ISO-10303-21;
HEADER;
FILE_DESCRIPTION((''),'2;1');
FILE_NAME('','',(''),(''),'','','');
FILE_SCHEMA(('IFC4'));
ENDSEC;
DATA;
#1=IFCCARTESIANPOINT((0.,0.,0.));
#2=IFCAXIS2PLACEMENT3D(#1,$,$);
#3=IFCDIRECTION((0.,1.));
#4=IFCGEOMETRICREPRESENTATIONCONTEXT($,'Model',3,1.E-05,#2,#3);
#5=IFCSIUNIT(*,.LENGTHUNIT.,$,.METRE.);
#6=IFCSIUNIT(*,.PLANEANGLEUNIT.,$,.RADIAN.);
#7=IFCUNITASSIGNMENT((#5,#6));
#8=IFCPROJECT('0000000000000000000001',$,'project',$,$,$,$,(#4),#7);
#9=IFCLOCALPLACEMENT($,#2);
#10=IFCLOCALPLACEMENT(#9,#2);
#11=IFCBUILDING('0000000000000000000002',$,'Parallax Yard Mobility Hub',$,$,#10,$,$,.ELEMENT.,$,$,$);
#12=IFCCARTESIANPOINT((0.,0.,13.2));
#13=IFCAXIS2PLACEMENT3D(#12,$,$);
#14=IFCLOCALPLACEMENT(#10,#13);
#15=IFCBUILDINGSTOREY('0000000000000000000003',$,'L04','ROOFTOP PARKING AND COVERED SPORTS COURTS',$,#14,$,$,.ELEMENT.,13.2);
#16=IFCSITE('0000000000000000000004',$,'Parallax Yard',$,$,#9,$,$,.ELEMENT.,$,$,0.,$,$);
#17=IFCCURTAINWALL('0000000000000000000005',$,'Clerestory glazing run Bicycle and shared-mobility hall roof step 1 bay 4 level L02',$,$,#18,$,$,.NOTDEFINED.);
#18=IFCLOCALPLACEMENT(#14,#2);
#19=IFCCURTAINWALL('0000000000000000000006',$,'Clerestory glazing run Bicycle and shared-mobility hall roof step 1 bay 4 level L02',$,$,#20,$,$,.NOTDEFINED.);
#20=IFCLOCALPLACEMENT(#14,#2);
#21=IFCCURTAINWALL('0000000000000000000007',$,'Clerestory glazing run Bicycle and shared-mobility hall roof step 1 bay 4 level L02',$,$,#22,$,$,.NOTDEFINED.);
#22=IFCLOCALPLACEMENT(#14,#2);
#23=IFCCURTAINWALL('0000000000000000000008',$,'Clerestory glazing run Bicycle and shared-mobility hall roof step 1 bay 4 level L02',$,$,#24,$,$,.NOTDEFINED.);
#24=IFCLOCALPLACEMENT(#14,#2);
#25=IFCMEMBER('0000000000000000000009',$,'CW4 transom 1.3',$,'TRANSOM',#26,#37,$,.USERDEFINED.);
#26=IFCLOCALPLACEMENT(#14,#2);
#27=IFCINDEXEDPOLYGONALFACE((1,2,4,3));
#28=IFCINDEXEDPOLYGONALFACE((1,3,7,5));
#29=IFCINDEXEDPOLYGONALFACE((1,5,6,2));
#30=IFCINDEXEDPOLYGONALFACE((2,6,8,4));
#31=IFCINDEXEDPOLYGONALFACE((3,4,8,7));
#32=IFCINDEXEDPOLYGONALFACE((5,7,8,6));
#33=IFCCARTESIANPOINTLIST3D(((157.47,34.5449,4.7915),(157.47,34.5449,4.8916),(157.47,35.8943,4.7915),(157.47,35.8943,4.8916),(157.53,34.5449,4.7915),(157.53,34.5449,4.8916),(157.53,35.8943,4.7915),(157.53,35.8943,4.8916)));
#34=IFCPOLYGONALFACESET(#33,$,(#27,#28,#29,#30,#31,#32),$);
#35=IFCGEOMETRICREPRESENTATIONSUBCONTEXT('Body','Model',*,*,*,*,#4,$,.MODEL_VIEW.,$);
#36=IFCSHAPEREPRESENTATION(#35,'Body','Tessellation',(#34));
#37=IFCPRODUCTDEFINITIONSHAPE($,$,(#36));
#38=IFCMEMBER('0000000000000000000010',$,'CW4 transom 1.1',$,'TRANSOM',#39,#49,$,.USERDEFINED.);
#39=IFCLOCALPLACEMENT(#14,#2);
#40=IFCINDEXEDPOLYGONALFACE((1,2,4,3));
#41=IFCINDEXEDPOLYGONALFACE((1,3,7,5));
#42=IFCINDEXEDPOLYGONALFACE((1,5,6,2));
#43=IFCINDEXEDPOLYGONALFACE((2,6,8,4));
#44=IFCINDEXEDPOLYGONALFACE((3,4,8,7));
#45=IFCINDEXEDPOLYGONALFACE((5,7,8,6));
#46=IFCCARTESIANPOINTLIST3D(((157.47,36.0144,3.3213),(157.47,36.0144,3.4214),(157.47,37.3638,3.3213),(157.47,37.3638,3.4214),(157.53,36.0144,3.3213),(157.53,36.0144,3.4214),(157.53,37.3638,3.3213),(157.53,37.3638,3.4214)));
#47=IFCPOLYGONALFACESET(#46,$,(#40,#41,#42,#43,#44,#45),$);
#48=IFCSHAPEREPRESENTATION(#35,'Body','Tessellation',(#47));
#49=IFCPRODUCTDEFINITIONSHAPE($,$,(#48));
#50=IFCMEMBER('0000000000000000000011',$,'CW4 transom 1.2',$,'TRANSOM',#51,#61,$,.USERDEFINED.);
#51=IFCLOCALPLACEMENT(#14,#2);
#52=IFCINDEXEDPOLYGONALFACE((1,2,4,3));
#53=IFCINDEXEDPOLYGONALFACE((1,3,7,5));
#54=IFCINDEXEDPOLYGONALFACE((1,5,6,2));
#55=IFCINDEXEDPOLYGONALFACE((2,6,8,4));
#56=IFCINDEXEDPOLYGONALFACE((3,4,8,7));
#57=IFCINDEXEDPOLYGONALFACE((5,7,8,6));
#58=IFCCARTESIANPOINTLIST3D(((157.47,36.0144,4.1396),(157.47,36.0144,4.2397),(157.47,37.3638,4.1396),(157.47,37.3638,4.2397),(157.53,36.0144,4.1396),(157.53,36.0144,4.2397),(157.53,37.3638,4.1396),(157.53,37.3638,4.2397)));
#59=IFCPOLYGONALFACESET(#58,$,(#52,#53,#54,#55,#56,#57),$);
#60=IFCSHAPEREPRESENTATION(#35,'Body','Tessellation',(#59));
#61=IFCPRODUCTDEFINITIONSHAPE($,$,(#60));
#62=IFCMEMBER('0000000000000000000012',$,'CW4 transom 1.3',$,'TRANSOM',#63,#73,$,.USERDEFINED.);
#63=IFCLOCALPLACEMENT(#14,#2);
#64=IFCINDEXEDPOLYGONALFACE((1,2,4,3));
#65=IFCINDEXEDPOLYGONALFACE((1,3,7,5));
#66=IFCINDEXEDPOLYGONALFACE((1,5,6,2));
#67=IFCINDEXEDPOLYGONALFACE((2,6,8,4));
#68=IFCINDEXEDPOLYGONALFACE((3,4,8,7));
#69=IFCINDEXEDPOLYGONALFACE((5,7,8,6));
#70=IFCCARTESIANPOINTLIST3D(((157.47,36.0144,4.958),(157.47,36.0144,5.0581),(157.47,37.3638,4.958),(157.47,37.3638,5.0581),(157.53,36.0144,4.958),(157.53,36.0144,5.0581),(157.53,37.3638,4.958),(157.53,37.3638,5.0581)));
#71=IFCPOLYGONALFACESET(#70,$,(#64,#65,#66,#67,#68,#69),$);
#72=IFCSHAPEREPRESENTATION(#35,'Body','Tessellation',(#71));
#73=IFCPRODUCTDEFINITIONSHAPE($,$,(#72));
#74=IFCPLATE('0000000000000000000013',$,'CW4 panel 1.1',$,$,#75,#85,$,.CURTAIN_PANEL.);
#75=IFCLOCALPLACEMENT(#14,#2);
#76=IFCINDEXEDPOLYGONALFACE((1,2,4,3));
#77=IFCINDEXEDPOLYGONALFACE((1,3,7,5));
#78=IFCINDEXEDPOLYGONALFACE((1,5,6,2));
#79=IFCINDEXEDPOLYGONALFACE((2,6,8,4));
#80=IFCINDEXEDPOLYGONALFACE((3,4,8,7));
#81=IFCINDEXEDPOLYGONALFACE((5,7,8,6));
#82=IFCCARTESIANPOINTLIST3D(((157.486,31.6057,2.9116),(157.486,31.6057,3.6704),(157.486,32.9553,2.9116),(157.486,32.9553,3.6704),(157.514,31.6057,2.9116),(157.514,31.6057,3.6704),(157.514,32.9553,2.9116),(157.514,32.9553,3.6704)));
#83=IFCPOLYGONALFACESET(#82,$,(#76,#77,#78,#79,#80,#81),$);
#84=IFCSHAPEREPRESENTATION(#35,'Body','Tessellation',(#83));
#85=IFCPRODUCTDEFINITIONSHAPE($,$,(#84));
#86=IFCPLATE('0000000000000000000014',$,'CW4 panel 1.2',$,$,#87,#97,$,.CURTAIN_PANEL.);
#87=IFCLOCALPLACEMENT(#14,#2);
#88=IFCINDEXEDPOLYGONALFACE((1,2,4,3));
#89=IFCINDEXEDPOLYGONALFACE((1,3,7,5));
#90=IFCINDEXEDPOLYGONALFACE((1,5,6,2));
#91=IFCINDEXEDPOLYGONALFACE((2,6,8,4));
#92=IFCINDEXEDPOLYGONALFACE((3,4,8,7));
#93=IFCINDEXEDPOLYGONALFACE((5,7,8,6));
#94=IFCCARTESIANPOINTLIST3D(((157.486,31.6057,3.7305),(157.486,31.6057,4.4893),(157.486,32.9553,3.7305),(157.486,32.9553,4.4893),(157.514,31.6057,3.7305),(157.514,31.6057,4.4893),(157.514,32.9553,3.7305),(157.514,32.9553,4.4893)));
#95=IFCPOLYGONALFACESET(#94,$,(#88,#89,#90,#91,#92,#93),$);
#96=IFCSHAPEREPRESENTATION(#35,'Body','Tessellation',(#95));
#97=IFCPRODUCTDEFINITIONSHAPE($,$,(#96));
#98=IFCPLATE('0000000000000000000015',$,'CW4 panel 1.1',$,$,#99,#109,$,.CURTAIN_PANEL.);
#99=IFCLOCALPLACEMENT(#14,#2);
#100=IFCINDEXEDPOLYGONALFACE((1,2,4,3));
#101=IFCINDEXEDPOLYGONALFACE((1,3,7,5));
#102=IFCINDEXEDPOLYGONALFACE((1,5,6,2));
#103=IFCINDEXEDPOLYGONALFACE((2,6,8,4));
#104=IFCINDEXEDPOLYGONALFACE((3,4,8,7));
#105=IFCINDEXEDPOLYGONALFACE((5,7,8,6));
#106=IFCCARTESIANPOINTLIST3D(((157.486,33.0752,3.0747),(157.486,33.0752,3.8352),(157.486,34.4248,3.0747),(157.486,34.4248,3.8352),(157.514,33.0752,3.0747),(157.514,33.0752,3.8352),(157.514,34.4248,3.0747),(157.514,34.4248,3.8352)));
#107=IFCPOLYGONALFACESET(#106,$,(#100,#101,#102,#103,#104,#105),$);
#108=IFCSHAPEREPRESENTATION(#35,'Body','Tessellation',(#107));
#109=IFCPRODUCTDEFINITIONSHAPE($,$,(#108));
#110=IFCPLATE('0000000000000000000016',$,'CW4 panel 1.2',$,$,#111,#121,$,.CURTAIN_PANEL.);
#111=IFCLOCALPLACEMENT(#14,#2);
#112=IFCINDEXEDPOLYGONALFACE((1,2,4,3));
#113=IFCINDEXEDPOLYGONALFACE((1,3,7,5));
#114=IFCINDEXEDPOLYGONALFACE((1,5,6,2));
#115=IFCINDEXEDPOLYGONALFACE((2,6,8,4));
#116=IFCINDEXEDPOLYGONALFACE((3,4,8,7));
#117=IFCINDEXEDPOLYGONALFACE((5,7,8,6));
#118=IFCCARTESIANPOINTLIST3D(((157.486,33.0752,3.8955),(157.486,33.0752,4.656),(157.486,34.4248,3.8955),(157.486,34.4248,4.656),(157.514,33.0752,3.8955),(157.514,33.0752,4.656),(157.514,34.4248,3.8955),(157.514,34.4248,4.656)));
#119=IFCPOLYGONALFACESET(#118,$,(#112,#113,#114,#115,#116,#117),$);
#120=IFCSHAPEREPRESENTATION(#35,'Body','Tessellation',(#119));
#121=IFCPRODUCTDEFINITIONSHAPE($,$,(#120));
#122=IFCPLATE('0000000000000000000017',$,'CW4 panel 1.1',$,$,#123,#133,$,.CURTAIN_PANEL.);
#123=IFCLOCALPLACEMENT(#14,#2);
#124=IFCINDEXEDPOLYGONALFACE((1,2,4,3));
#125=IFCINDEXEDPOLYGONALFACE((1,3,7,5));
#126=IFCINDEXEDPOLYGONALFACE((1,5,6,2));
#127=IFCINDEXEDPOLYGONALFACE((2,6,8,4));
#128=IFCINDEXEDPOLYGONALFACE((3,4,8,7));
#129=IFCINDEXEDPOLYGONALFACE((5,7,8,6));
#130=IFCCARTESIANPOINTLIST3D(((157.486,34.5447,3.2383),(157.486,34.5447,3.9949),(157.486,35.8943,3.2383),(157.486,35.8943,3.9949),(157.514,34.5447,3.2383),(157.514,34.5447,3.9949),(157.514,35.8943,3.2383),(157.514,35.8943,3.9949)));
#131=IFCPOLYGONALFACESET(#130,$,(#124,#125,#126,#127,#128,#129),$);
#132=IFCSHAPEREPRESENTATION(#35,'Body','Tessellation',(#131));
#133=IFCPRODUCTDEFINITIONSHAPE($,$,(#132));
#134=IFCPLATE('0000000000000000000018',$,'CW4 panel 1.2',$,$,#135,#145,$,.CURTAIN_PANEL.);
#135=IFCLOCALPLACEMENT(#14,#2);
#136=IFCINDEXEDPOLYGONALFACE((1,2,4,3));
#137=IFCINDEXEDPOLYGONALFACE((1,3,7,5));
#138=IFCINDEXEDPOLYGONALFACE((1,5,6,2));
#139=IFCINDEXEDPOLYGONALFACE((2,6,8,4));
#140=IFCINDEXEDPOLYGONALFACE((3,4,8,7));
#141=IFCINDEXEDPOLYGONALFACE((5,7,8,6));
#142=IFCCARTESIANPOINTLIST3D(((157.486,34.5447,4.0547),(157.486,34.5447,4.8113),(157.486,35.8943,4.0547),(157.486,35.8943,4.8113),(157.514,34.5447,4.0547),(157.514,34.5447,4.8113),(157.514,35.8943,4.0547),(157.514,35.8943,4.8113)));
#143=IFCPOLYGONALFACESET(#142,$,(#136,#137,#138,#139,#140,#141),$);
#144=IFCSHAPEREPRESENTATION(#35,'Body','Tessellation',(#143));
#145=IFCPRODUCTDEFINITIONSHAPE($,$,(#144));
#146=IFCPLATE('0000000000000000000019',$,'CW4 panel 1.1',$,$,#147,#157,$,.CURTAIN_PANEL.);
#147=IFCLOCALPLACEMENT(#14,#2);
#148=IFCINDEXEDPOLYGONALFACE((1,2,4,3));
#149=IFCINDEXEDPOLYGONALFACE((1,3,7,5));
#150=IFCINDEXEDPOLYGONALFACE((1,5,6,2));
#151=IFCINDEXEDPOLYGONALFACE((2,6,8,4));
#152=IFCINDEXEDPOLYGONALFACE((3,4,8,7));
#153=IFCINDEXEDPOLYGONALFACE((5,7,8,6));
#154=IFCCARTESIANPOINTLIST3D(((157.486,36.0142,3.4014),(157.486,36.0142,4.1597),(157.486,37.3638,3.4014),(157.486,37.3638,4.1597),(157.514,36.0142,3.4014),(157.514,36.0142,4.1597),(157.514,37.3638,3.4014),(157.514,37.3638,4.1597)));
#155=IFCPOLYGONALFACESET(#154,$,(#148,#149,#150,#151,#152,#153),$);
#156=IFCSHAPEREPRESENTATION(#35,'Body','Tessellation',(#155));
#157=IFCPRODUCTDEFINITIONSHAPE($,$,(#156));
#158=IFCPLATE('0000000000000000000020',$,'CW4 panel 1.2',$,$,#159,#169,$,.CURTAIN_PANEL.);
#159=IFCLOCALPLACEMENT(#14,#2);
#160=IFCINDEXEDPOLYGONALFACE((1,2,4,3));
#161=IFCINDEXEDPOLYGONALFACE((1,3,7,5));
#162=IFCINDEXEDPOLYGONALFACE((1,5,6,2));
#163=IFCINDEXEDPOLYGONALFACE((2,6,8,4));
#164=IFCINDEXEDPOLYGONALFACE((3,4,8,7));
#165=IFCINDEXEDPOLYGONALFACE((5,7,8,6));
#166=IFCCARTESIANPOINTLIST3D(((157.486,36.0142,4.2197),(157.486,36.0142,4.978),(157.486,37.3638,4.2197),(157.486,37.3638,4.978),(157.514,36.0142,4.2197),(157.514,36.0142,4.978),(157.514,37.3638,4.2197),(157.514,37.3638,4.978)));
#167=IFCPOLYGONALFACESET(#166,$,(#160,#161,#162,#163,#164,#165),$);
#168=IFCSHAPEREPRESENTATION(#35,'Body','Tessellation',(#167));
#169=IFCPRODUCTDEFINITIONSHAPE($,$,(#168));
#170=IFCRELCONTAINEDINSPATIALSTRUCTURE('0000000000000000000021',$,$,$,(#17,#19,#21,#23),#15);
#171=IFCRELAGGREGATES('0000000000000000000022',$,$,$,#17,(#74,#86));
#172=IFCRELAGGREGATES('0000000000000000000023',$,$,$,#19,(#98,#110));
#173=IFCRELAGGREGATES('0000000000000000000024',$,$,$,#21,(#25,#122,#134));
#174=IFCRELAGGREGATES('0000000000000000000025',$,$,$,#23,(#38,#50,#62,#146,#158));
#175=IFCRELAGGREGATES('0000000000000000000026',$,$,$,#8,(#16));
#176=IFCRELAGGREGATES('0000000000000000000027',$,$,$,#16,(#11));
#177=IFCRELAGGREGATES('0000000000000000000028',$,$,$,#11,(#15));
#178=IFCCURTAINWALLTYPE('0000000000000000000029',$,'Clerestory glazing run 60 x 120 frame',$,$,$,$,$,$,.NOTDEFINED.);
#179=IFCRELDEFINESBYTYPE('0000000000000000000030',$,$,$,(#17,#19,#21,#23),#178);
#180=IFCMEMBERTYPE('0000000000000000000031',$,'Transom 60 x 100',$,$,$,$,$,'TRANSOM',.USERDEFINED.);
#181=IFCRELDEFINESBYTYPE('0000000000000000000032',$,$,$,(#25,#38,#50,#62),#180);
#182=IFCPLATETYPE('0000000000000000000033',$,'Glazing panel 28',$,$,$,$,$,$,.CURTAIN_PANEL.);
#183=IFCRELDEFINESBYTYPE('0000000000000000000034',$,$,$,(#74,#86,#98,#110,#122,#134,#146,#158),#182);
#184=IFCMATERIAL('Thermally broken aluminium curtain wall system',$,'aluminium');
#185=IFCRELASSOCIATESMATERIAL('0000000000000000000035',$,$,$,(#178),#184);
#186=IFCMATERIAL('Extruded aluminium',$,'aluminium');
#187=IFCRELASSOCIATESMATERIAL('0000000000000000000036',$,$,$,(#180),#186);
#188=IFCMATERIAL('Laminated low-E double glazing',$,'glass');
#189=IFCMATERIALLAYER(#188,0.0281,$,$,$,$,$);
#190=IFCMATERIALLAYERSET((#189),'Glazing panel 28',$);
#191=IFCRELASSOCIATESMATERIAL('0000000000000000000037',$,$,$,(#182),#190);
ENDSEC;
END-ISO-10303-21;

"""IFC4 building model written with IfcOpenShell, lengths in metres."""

from ifc_helpers import new_model, si_unit, direction, frame, origin, origin_2d, place, context, subcontext, project, spatial, rectangle, extrude, material, layer, layer_set, material_profile, profile_set, type_object, element, aggregate, save


model = new_model("IFC4")

# Units and contexts
model_context = context("Model", 3, precision=1e-05, world=origin(), true_north=direction((0.0, 1.0)))
body_context = subcontext(model_context, "Body", "Model", "MODEL_VIEW")
ifc_project = project(units=[si_unit("LENGTHUNIT", "METRE"), si_unit("PLANEANGLEUNIT", "RADIAN")], contexts=[model_context])

# Site, building, storey
site_placement = place(None, origin())
site = spatial("IfcSite", under=ifc_project, at=site_placement, Name="Parallax Yard", CompositionType="ELEMENT", RefElevation=0.0)
building_placement = place(site_placement, origin())
building = spatial("IfcBuilding", under=site, at=building_placement, Name="Parallax Yard Mobility Hub", CompositionType="ELEMENT")
storey_placement = place(building_placement, frame((0.0, 0.0, 13.2)))
storey = spatial("IfcBuildingStorey", under=building, at=storey_placement, Name="L04", Description="ROOFTOP PARKING AND COVERED SPORTS COURTS", CompositionType="ELEMENT", Elevation=13.2)

# Curtain walls
ifc_material_1 = material(Name="Thermally broken aluminium curtain wall system", Category="aluminium")
curtain_wall_type = type_object("IfcCurtainWallType", Name="Clerestory glazing run 60 x 120 frame", PredefinedType="NOTDEFINED", material=ifc_material_1)
curtain_wall_1_placement = place(storey_placement, origin())
curtain_wall_1 = element("IfcCurtainWall", 1, at=curtain_wall_1_placement, inside=storey, type_object=curtain_wall_type, Name="Clerestory glazing run Bicycle and shared-mobility hall roof step 1 bay 4 level L02", PredefinedType="NOTDEFINED")
ifc_material_2 = material(Name="Extruded aluminium", Category="aluminium")
curtain_wall_2_placement = place(storey_placement, origin())
curtain_wall_2 = element("IfcCurtainWall", 2, at=curtain_wall_2_placement, inside=storey, type_object=curtain_wall_type, Name="Clerestory glazing run Bicycle and shared-mobility hall roof step 1 bay 4 level L02", PredefinedType="NOTDEFINED")
curtain_wall_3_placement = place(storey_placement, origin())
curtain_wall_3 = element("IfcCurtainWall", 3, at=curtain_wall_3_placement, inside=storey, type_object=curtain_wall_type, Name="Clerestory glazing run Bicycle and shared-mobility hall roof step 1 bay 4 level L02", PredefinedType="NOTDEFINED")

# Curtain wall
curtain_wall_4_placement = place(storey_placement, origin())
curtain_wall_4 = element("IfcCurtainWall", 4, at=curtain_wall_4_placement, inside=storey, type_object=curtain_wall_type, Name="Clerestory glazing run Bicycle and shared-mobility hall roof step 1 bay 4 level L02", PredefinedType="NOTDEFINED")

# Members
ifc_material_profile_1 = material_profile(ifc_material_2, rectangle(XDim=0.0601, YDim=0.1001, at=origin_2d()), Name="Transom 60 x 100")
ifc_profile_set_1 = profile_set([ifc_material_profile_1], Name="Extruded aluminium")
member_type_1 = type_object("IfcMemberType", Name="Transom 60 x 100", ElementType="TRANSOM", PredefinedType="USERDEFINED", material=ifc_profile_set_1)
member_1_placement = place(storey_placement, frame((157.5, 34.5449, 4.8416), z_axis=(0.0, 1.0, 0.0), x_axis=(-1.0, 0.0, 0.0)))
member_1 = element("IfcMember", 5, at=member_1_placement, type_object=member_type_1, Name="CW4 transom 1.3", ObjectType="TRANSOM", PredefinedType="USERDEFINED", context=body_context, shape_type="SweptSolid", body=[
    extrude(rectangle(XDim=0.0601, YDim=0.1001, at=origin_2d()), origin(), (0.0, 0.0, 1.0), 1.3494),
])
member_2_placement = place(storey_placement, frame((157.5, 36.0144, 3.3713), z_axis=(0.0, 1.0, 0.0), x_axis=(-1.0, 0.0, 0.0)))
member_2 = element("IfcMember", 6, at=member_2_placement, type_object=member_type_1, Name="CW4 transom 1.1", ObjectType="TRANSOM", PredefinedType="USERDEFINED", context=body_context, shape_type="SweptSolid", body=[
    extrude(rectangle(XDim=0.0601, YDim=0.1001, at=origin_2d()), origin(), (0.0, 0.0, 1.0), 1.3494),
])
member_3_placement = place(storey_placement, frame((157.5, 36.0144, 4.1897), z_axis=(0.0, 1.0, 0.0), x_axis=(-1.0, 0.0, 0.0)))
member_3 = element("IfcMember", 7, at=member_3_placement, type_object=member_type_1, Name="CW4 transom 1.2", ObjectType="TRANSOM", PredefinedType="USERDEFINED", context=body_context, shape_type="SweptSolid", body=[
    extrude(rectangle(XDim=0.0601, YDim=0.1001, at=origin_2d()), origin(), (0.0, 0.0, 1.0), 1.3494),
])
member_4_placement = place(storey_placement, frame((157.5, 36.0144, 5.0081), z_axis=(0.0, 1.0, 0.0), x_axis=(-1.0, 0.0, 0.0)))
member_4 = element("IfcMember", 8, at=member_4_placement, type_object=member_type_1, Name="CW4 transom 1.3", ObjectType="TRANSOM", PredefinedType="USERDEFINED", context=body_context, shape_type="SweptSolid", body=[
    extrude(rectangle(XDim=0.0601, YDim=0.1001, at=origin_2d()), origin(), (0.0, 0.0, 1.0), 1.3494),
])

# Plates
ifc_material_3 = material(Name="Laminated low-E double glazing", Category="glass")
ifc_layer = layer(ifc_material_3, 0.0281)
ifc_layer_set = layer_set([ifc_layer], Name="Glazing panel 28")
plate_type = type_object("IfcPlateType", Name="Glazing panel 28", PredefinedType="CURTAIN_PANEL", material=ifc_layer_set)
plate_1_placement = place(storey_placement, frame((157.5, 32.2805, 2.9116), z_axis=(0.0, 0.0, 1.0), x_axis=(0.0, 1.0, 0.0)))
plate_1 = element("IfcPlate", 9, at=plate_1_placement, type_object=plate_type, Name="CW4 panel 1.1", PredefinedType="CURTAIN_PANEL", context=body_context, shape_type="SweptSolid", body=[
    extrude(rectangle(XDim=1.3496, YDim=0.0281, at=origin_2d()), origin(), (0.0, 0.0, 1.0), 0.7588),
])
plate_2_placement = place(storey_placement, frame((157.5, 32.2805, 3.7305), z_axis=(0.0, 0.0, 1.0), x_axis=(0.0, 1.0, 0.0)))
plate_2 = element("IfcPlate", 10, at=plate_2_placement, type_object=plate_type, Name="CW4 panel 1.2", PredefinedType="CURTAIN_PANEL", context=body_context, shape_type="SweptSolid", body=[
    extrude(rectangle(XDim=1.3496, YDim=0.0281, at=origin_2d()), origin(), (0.0, 0.0, 1.0), 0.7588),
])
aggregate(curtain_wall_1, [plate_1, plate_2])
plate_3_placement = place(storey_placement, frame((157.5, 33.75, 3.0747), z_axis=(0.0, 0.0, 1.0), x_axis=(0.0, 1.0, 0.0)))
plate_3 = element("IfcPlate", 11, at=plate_3_placement, type_object=plate_type, Name="CW4 panel 1.1", PredefinedType="CURTAIN_PANEL", context=body_context, shape_type="SweptSolid", body=[
    extrude(rectangle(XDim=1.3496, YDim=0.0281, at=origin_2d()), origin(), (0.0, 0.0, 1.0), 0.7605),
])
plate_4_placement = place(storey_placement, frame((157.5, 33.75, 3.8955), z_axis=(0.0, 0.0, 1.0), x_axis=(0.0, 1.0, 0.0)))
plate_4 = element("IfcPlate", 12, at=plate_4_placement, type_object=plate_type, Name="CW4 panel 1.2", PredefinedType="CURTAIN_PANEL", context=body_context, shape_type="SweptSolid", body=[
    extrude(rectangle(XDim=1.3496, YDim=0.0281, at=origin_2d()), origin(), (0.0, 0.0, 1.0), 0.7605),
])
aggregate(curtain_wall_2, [plate_3, plate_4])
plate_5_placement = place(storey_placement, frame((157.5, 35.2195, 3.2383), z_axis=(0.0, 0.0, 1.0), x_axis=(0.0, 1.0, 0.0)))
plate_5 = element("IfcPlate", 13, at=plate_5_placement, type_object=plate_type, Name="CW4 panel 1.1", PredefinedType="CURTAIN_PANEL", context=body_context, shape_type="SweptSolid", body=[
    extrude(rectangle(XDim=1.3496, YDim=0.0281, at=origin_2d()), origin(), (0.0, 0.0, 1.0), 0.7566),
])
plate_6_placement = place(storey_placement, frame((157.5, 35.2195, 4.0547), z_axis=(0.0, 0.0, 1.0), x_axis=(0.0, 1.0, 0.0)))
plate_6 = element("IfcPlate", 14, at=plate_6_placement, type_object=plate_type, Name="CW4 panel 1.2", PredefinedType="CURTAIN_PANEL", context=body_context, shape_type="SweptSolid", body=[
    extrude(rectangle(XDim=1.3496, YDim=0.0281, at=origin_2d()), origin(), (0.0, 0.0, 1.0), 0.7566),
])
aggregate(curtain_wall_3, [member_1, plate_5, plate_6])
plate_7_placement = place(storey_placement, frame((157.5, 36.689, 3.4014), z_axis=(0.0, 0.0, 1.0), x_axis=(0.0, 1.0, 0.0)))
plate_7 = element("IfcPlate", 15, at=plate_7_placement, type_object=plate_type, Name="CW4 panel 1.1", PredefinedType="CURTAIN_PANEL", context=body_context, shape_type="SweptSolid", body=[
    extrude(rectangle(XDim=1.3496, YDim=0.0281, at=origin_2d()), origin(), (0.0, 0.0, 1.0), 0.7583),
])
plate_8_placement = place(storey_placement, frame((157.5, 36.689, 4.2197), z_axis=(0.0, 0.0, 1.0), x_axis=(0.0, 1.0, 0.0)))
plate_8 = element("IfcPlate", 16, at=plate_8_placement, type_object=plate_type, Name="CW4 panel 1.2", PredefinedType="CURTAIN_PANEL", context=body_context, shape_type="SweptSolid", body=[
    extrude(rectangle(XDim=1.3496, YDim=0.0281, at=origin_2d()), origin(), (0.0, 0.0, 1.0), 0.7583),
])
aggregate(curtain_wall_4, [member_2, member_3, member_4, plate_7, plate_8])

save(model, "model.ifc")
